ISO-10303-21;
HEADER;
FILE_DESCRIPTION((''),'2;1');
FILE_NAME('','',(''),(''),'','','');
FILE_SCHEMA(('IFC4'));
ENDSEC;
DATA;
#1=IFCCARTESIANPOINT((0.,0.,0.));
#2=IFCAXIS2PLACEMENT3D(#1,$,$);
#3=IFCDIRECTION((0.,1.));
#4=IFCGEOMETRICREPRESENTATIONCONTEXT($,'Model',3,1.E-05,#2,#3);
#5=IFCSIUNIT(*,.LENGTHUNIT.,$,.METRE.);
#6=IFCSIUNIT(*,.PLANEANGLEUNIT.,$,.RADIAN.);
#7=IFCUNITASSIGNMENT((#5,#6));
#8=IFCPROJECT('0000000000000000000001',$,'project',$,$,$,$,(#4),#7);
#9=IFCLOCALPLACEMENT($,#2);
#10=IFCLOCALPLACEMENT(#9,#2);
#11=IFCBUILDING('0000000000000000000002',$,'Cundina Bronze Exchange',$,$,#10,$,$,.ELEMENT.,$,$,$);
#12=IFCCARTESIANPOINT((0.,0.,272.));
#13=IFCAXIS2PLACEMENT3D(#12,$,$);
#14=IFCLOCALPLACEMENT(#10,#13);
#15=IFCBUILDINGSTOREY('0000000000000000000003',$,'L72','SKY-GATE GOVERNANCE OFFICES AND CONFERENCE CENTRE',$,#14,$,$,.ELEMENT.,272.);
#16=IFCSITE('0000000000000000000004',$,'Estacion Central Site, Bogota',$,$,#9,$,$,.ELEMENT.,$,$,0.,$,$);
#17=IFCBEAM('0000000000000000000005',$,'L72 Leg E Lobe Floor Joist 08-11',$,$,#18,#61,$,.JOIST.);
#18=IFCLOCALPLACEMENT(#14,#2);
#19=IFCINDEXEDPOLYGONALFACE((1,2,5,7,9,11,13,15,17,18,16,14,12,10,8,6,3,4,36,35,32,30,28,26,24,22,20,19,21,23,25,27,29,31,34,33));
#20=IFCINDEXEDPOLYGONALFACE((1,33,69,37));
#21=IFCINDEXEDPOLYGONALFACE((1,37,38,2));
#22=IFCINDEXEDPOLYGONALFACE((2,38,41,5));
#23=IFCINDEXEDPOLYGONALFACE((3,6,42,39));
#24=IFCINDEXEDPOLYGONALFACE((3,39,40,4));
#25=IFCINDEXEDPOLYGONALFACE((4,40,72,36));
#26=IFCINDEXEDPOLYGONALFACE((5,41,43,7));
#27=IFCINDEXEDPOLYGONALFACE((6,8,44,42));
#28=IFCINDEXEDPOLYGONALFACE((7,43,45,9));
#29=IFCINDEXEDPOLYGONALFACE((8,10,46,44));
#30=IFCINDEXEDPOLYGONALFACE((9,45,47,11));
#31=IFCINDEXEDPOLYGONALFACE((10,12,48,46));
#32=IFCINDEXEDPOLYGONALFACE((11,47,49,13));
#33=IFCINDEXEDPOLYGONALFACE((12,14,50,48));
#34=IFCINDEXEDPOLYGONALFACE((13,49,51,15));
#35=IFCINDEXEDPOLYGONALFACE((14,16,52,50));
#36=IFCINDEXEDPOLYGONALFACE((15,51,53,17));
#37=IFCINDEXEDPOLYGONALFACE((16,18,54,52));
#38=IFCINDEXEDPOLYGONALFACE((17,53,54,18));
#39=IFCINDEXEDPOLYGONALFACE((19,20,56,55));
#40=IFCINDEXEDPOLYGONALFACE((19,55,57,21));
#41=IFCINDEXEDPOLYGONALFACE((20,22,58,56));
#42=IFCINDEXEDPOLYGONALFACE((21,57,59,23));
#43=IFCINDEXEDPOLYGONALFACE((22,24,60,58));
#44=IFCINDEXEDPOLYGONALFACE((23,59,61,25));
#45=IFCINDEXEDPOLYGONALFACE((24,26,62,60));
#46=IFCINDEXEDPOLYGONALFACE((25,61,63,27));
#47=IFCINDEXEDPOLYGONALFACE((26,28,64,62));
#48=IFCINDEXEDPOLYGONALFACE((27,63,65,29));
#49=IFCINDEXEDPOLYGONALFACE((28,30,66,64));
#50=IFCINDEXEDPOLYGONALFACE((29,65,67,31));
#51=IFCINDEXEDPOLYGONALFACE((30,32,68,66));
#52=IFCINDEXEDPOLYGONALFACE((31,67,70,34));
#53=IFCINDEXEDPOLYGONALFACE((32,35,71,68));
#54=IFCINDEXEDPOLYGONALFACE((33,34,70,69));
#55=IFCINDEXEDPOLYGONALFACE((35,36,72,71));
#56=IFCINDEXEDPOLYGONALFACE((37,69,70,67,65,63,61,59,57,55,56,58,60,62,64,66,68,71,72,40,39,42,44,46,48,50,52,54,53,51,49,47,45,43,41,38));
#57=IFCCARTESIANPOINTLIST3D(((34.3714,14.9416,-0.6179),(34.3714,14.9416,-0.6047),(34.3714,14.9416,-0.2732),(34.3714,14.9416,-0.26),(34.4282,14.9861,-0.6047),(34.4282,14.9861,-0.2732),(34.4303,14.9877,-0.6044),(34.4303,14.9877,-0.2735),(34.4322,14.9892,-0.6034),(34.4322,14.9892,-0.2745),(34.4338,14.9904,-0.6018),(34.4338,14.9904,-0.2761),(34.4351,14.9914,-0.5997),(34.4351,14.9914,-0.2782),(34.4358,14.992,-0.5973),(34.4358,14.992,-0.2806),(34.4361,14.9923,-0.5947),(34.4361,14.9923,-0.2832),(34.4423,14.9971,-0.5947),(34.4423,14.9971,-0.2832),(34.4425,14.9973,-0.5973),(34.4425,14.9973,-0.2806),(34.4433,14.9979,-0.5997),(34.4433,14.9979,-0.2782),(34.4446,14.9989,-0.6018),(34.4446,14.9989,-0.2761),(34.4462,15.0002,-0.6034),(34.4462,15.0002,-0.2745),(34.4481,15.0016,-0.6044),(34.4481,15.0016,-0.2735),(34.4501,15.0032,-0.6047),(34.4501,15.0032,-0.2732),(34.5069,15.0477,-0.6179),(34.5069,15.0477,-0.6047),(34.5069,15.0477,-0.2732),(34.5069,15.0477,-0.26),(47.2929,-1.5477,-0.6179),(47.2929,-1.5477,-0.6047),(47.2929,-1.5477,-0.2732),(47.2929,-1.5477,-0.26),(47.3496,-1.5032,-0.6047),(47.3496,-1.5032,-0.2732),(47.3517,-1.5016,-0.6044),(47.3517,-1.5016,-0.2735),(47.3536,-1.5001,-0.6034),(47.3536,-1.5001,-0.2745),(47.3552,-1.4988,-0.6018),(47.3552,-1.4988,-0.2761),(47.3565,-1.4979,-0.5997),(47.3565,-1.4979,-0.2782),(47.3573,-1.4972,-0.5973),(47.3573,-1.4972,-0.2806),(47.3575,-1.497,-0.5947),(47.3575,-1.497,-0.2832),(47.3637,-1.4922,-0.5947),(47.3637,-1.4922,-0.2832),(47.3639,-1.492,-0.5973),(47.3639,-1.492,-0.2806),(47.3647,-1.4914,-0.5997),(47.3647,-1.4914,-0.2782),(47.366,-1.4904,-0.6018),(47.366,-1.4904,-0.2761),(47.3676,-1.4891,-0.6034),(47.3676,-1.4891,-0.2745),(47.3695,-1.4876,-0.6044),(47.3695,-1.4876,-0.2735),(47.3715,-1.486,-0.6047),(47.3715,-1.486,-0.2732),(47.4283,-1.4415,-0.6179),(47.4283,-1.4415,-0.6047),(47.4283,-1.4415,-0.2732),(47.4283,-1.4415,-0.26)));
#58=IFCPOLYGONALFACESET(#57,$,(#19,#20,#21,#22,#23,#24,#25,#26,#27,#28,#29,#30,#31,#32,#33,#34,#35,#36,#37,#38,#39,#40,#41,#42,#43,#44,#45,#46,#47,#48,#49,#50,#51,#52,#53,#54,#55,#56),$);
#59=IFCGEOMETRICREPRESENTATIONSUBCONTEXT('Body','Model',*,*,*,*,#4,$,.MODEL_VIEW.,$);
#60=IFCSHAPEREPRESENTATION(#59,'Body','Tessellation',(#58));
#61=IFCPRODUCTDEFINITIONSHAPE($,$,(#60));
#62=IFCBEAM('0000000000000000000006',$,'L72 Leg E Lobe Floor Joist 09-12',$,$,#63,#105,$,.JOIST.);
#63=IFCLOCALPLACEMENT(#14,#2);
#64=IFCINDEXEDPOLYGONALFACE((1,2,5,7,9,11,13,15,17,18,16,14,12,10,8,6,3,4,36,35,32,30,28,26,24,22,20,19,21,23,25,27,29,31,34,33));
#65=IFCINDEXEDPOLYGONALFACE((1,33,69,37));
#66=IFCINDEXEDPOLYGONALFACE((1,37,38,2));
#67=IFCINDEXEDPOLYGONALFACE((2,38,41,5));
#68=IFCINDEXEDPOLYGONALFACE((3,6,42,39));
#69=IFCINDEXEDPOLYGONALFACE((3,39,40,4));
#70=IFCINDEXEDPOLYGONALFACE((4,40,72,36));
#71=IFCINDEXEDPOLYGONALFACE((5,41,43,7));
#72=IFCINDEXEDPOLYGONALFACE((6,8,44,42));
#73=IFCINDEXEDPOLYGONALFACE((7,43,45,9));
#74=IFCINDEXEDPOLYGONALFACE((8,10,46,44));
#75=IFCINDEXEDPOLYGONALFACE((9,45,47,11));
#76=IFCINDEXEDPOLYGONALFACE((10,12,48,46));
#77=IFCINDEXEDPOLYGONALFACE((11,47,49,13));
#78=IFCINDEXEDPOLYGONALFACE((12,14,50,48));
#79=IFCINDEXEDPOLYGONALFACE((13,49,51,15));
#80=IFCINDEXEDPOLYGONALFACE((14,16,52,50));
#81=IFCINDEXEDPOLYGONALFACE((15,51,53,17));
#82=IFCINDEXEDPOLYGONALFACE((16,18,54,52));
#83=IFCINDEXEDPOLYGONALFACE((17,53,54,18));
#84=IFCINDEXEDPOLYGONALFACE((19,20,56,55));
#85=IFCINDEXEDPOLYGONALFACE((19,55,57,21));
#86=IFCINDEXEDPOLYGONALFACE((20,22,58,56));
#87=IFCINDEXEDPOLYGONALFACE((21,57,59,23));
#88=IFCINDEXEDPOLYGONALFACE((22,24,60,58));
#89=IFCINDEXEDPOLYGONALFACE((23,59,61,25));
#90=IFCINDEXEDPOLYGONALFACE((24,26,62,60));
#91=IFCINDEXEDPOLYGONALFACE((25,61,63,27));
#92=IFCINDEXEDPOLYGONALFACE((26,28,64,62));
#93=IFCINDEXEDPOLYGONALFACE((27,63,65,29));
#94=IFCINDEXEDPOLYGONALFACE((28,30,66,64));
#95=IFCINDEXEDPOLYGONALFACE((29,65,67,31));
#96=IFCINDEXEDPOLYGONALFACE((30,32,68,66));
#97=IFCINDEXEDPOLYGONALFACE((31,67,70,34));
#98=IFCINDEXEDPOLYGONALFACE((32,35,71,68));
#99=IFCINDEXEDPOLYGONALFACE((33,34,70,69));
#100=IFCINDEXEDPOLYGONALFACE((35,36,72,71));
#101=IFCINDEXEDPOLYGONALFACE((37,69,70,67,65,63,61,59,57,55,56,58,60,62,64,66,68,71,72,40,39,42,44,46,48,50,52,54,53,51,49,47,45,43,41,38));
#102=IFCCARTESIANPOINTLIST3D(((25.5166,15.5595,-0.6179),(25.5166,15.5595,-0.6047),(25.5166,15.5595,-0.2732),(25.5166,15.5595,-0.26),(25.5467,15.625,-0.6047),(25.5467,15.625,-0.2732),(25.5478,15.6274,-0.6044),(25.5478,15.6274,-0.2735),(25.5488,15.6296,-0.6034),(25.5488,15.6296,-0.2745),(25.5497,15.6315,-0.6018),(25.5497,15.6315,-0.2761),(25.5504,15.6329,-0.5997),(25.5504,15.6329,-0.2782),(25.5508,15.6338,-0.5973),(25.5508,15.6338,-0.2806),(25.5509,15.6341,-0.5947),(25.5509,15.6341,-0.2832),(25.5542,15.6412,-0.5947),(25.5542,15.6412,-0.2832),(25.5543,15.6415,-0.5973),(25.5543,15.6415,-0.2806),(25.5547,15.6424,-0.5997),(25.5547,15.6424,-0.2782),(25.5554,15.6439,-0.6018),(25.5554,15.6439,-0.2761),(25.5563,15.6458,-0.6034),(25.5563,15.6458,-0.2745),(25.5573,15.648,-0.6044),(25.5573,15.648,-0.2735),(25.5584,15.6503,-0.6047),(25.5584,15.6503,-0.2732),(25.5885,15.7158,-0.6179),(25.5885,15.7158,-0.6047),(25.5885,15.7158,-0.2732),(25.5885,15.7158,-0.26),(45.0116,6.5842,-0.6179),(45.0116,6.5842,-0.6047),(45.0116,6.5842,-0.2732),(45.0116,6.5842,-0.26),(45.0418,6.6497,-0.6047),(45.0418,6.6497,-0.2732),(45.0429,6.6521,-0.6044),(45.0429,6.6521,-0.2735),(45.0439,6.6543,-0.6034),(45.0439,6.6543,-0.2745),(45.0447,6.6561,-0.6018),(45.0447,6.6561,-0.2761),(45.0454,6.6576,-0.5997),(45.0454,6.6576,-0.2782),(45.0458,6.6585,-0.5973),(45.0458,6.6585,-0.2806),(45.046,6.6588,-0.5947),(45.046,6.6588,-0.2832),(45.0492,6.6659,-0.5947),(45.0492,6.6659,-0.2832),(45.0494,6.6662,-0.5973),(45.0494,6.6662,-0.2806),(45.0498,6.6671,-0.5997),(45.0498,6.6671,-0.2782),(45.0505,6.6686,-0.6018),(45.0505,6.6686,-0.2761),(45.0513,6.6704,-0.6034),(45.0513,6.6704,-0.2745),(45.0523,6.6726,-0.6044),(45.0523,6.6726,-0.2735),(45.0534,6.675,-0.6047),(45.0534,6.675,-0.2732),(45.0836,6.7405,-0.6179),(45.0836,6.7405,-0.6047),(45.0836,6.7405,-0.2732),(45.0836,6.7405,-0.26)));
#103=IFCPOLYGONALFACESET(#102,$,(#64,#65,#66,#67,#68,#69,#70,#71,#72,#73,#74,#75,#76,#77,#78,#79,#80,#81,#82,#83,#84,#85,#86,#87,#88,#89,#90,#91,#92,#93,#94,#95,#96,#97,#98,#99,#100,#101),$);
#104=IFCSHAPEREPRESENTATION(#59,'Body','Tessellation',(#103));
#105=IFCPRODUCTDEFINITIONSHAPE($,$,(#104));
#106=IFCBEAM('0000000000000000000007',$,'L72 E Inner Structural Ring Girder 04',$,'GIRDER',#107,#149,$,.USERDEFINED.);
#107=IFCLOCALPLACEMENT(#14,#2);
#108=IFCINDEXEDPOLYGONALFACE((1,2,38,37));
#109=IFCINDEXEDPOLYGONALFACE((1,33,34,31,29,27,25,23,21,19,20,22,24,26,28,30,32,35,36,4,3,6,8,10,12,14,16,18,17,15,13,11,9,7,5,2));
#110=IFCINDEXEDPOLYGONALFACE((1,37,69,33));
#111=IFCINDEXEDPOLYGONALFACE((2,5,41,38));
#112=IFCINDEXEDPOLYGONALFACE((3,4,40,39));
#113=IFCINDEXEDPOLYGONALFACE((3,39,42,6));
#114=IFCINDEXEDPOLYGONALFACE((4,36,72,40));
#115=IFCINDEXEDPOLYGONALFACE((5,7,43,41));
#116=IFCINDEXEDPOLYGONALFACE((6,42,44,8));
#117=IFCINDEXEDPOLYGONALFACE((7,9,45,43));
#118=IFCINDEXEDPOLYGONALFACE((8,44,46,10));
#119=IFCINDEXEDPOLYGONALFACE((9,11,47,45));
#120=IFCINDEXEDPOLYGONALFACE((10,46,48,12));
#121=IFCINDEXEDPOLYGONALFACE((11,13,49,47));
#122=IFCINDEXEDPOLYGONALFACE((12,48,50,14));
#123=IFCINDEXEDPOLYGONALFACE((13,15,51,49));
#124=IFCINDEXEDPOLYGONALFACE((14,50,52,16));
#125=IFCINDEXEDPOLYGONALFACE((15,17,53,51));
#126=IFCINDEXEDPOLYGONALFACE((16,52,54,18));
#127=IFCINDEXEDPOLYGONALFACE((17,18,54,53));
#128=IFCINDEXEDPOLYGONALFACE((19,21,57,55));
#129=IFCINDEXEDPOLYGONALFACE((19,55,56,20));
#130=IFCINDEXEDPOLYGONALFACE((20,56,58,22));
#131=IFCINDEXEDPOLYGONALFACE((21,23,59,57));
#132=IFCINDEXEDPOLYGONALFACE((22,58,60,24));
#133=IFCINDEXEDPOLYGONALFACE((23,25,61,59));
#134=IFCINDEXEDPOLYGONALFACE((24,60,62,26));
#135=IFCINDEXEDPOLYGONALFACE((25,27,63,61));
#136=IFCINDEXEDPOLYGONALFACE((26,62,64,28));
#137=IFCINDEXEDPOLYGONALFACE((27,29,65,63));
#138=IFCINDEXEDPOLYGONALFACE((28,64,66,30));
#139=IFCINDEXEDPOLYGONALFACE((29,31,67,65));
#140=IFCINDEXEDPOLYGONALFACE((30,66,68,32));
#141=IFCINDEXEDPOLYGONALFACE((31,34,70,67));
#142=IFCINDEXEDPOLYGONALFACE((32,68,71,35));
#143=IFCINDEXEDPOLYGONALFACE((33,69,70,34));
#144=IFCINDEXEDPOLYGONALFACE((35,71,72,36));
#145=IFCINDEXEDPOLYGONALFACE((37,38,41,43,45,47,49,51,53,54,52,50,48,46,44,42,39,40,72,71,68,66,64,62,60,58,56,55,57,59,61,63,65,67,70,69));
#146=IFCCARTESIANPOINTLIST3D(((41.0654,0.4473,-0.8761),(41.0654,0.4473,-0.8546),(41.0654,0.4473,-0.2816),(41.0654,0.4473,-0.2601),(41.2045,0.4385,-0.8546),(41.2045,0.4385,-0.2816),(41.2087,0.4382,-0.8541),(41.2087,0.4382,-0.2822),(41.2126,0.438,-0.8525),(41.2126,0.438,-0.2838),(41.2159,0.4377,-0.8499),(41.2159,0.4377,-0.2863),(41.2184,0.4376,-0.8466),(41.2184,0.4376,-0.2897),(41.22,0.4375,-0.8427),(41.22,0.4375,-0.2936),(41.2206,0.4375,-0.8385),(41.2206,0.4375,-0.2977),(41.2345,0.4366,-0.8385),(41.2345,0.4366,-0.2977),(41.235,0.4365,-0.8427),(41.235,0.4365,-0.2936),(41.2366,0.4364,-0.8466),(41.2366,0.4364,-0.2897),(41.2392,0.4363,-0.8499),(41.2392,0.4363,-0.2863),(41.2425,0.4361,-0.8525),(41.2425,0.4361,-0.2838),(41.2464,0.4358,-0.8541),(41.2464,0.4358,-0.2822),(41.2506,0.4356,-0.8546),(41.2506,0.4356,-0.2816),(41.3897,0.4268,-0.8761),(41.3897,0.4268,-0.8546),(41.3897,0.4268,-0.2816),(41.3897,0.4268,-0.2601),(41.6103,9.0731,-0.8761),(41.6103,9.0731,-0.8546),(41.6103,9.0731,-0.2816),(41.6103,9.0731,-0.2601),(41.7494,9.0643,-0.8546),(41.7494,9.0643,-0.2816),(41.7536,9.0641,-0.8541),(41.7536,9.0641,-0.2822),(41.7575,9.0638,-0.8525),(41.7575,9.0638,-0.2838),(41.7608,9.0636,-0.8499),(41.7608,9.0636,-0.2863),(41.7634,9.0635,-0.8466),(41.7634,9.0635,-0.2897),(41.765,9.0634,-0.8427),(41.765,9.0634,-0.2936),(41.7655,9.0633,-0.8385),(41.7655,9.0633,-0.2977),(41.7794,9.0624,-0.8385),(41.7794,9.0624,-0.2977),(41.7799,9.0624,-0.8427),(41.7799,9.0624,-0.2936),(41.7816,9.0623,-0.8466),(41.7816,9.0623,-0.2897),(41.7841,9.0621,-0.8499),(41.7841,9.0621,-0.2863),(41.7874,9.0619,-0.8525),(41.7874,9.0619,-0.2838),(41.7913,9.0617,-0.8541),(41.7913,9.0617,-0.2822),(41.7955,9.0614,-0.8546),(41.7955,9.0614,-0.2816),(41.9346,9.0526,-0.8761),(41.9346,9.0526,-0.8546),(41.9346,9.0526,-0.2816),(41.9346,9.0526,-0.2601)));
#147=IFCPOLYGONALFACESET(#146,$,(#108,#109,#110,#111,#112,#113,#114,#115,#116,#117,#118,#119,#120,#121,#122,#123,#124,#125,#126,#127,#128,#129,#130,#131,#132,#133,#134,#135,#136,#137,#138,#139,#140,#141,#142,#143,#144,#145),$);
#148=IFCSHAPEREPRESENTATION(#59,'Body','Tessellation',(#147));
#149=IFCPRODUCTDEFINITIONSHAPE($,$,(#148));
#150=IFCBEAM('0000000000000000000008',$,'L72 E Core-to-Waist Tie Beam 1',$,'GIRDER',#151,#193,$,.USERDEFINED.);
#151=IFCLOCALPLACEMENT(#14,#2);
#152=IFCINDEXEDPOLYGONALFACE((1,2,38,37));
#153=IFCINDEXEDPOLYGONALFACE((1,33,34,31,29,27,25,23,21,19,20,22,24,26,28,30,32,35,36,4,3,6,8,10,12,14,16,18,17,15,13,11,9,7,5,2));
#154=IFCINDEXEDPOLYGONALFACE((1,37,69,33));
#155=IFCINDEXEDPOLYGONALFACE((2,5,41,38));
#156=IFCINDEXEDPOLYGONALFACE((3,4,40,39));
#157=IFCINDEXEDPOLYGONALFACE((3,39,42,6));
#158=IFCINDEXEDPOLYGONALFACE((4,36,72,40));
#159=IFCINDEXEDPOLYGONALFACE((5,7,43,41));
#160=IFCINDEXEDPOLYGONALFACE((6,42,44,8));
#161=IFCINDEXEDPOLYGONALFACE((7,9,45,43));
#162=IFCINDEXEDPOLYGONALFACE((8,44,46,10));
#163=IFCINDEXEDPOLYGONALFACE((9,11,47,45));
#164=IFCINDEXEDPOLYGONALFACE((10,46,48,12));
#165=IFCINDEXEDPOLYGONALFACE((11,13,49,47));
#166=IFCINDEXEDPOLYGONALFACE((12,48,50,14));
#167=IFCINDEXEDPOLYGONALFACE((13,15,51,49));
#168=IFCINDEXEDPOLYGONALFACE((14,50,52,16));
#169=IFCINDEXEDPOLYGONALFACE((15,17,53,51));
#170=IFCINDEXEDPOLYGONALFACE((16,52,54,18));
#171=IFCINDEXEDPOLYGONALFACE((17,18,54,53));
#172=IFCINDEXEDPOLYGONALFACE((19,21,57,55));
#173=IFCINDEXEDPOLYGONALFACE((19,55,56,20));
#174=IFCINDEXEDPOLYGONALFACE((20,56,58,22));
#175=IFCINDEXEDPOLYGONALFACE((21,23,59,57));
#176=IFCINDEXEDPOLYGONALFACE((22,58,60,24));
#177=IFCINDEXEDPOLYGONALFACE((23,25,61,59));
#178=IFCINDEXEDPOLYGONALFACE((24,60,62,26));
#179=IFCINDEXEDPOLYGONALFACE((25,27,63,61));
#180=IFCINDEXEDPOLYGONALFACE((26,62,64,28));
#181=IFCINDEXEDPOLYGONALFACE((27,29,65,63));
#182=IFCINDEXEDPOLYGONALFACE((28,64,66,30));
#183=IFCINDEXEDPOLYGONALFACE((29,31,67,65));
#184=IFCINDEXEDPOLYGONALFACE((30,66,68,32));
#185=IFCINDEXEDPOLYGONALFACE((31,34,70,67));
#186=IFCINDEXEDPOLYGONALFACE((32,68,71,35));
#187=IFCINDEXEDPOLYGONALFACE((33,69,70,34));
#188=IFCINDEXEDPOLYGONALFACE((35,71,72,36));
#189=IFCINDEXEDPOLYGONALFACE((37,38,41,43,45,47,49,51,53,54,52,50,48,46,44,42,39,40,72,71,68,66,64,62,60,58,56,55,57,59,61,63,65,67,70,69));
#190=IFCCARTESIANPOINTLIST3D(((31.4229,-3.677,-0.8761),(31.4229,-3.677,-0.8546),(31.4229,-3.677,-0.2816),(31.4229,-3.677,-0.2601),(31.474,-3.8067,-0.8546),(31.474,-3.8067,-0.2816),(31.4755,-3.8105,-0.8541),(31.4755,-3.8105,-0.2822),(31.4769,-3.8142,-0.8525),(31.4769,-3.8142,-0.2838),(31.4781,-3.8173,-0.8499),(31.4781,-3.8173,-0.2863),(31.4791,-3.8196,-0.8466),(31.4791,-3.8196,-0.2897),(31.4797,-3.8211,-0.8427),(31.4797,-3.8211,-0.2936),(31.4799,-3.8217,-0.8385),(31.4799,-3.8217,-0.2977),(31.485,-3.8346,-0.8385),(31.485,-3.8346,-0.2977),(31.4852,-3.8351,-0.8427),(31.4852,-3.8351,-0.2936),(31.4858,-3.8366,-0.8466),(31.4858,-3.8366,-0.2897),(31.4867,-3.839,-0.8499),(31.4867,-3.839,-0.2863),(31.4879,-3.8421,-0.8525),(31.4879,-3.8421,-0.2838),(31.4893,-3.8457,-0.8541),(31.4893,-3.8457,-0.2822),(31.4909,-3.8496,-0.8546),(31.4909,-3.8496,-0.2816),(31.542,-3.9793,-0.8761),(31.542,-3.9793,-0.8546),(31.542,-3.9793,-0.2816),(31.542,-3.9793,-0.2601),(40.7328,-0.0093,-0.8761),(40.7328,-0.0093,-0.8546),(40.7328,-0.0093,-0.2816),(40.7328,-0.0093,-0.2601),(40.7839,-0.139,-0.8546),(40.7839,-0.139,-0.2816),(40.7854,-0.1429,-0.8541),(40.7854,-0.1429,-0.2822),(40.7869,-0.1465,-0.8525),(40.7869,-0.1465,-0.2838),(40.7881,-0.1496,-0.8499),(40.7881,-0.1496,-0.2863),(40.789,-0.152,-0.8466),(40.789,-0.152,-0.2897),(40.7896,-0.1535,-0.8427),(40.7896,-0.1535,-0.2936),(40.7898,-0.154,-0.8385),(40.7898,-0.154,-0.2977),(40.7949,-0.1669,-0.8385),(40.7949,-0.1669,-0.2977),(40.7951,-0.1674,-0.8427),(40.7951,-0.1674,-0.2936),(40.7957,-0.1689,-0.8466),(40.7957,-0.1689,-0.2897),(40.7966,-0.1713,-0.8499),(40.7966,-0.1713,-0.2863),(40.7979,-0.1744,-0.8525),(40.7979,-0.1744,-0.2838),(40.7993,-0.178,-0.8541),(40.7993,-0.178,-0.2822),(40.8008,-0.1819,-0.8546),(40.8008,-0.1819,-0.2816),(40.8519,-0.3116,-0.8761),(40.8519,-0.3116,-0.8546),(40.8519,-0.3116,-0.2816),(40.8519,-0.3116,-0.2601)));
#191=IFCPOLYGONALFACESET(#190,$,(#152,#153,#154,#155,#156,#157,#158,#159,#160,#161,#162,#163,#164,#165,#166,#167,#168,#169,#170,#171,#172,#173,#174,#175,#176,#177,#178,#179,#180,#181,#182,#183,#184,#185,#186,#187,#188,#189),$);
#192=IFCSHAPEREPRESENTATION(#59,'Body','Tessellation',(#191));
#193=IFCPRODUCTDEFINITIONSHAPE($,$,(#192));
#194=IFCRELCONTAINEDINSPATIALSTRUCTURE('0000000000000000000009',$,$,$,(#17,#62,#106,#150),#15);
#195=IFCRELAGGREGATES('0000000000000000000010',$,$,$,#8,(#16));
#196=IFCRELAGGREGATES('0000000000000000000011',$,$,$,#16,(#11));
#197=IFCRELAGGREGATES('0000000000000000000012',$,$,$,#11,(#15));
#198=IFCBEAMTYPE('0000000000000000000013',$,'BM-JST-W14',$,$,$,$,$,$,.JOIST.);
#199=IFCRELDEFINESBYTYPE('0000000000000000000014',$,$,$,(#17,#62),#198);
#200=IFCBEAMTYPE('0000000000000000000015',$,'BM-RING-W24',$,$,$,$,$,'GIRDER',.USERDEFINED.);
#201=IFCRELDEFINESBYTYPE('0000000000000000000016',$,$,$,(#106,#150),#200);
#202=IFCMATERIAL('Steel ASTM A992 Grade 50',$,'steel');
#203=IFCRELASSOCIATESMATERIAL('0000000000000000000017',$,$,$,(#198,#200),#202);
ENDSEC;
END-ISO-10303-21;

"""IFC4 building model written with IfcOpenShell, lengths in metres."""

from ifc_helpers import new_model, si_unit, direction, frame, origin, origin_2d, place, context, subcontext, project, spatial, i_section, extrude, material, material_profile, profile_set, type_object, element, save


model = new_model("IFC4")

# Units and contexts
model_context = context("Model", 3, precision=1e-05, world=origin(), true_north=direction((0.0, 1.0)))
body_context = subcontext(model_context, "Body", "Model", "MODEL_VIEW")
ifc_project = project(units=[si_unit("LENGTHUNIT", "METRE"), si_unit("PLANEANGLEUNIT", "RADIAN")], contexts=[model_context])

# Site, building, storey
site_placement = place(None, origin())
site = spatial("IfcSite", under=ifc_project, at=site_placement, Name="Estacion Central Site, Bogota", CompositionType="ELEMENT", RefElevation=0.0)
building_placement = place(site_placement, origin())
building = spatial("IfcBuilding", under=site, at=building_placement, Name="Cundina Bronze Exchange", CompositionType="ELEMENT")
storey_placement = place(building_placement, frame((0.0, 0.0, 272.0)))
storey = spatial("IfcBuildingStorey", under=building, at=storey_placement, Name="L72", Description="SKY-GATE GOVERNANCE OFFICES AND CONFERENCE CENTRE", CompositionType="ELEMENT", Elevation=272.0)

# Shared definitions
ifc_material_1 = material(Name="Steel ASTM A992 Grade 50", Category="steel")

# Beams
ifc_material_profile_1 = material_profile(ifc_material_1, i_section(OverallWidth=0.1721, OverallDepth=0.3579, WebThickness=0.0078, FlangeThickness=0.0132, FilletRadius=0.01, at=origin_2d()), Name="W14X38", Category="steel")
ifc_profile_set_1 = profile_set([ifc_material_profile_1], Name="Steel ASTM A992 Grade 50")
beam_type_1 = type_object("IfcBeamType", Name="BM-JST-W14", PredefinedType="JOIST", material=ifc_profile_set_1)
beam_1_placement = place(storey_placement, frame((47.3606, -1.4946, -0.439), z_axis=(-0.616804, 0.787117, 0.0), x_axis=(-0.787117, -0.616804, 0.0)))
element("IfcBeam", 1, at=beam_1_placement, inside=storey, type_object=beam_type_1, Name="L72 Leg E Lobe Floor Joist 08-11", PredefinedType="JOIST", context=body_context, shape_type="SweptSolid", body=[
    extrude(i_section(OverallWidth=0.1721, OverallDepth=0.3579, WebThickness=0.0078, FlangeThickness=0.0132, FilletRadius=0.01, at=origin_2d()), origin(), (0.0, 0.0, 1.0), 20.949),
])
beam_2_placement = place(storey_placement, frame((45.0476, 6.6624, -0.439), z_axis=(-0.908356, 0.418197, 0.0), x_axis=(-0.418197, -0.908356, 0.0)))
element("IfcBeam", 2, at=beam_2_placement, inside=storey, type_object=beam_type_1, Name="L72 Leg E Lobe Floor Joist 09-12", PredefinedType="JOIST", context=body_context, shape_type="SweptSolid", body=[
    extrude(i_section(OverallWidth=0.1721, OverallDepth=0.3579, WebThickness=0.0078, FlangeThickness=0.0132, FilletRadius=0.01, at=origin_2d()), origin(), (0.0, 0.0, 1.0), 21.4619),
])
ifc_material_profile_2 = material_profile(ifc_material_1, i_section(OverallWidth=0.325, OverallDepth=0.616, WebThickness=0.0139, FlangeThickness=0.0215, FilletRadius=0.0161, at=origin_2d()), Name="W24X117", Category="steel")
ifc_profile_set_2 = profile_set([ifc_material_profile_2], Name="Steel ASTM A992 Grade 50")
beam_type_2 = type_object("IfcBeamType", Name="BM-RING-W24", ElementType="GIRDER", PredefinedType="USERDEFINED", material=ifc_profile_set_2)
beam_3_placement = place(storey_placement, frame((41.2275, 0.437, -0.5681), z_axis=(0.063047, 0.998011, 0.0), x_axis=(-0.998011, 0.063047, 0.0)))
element("IfcBeam", 3, at=beam_3_placement, inside=storey, type_object=beam_type_2, Name="L72 E Inner Structural Ring Girder 04", ObjectType="GIRDER", PredefinedType="USERDEFINED", context=body_context, shape_type="SweptSolid", body=[
    extrude(i_section(OverallWidth=0.325, OverallDepth=0.616, WebThickness=0.0139, FlangeThickness=0.0215, FilletRadius=0.0161, at=origin_2d()), origin(), (0.0, 0.0, 1.0), 8.6431),
])
beam_4_placement = place(storey_placement, frame((31.4824, -3.8281, -0.5681), z_axis=(0.930404, 0.366535, 0.0), x_axis=(-0.366535, 0.930404, 0.0)))
element("IfcBeam", 4, at=beam_4_placement, inside=storey, type_object=beam_type_2, Name="L72 E Core-to-Waist Tie Beam 1", ObjectType="GIRDER", PredefinedType="USERDEFINED", context=body_context, shape_type="SweptSolid", body=[
    extrude(i_section(OverallWidth=0.325, OverallDepth=0.616, WebThickness=0.0139, FlangeThickness=0.0215, FilletRadius=0.0161, at=origin_2d()), origin(), (0.0, 0.0, 1.0), 10.0063),
])

save(model, "model.ifc")
